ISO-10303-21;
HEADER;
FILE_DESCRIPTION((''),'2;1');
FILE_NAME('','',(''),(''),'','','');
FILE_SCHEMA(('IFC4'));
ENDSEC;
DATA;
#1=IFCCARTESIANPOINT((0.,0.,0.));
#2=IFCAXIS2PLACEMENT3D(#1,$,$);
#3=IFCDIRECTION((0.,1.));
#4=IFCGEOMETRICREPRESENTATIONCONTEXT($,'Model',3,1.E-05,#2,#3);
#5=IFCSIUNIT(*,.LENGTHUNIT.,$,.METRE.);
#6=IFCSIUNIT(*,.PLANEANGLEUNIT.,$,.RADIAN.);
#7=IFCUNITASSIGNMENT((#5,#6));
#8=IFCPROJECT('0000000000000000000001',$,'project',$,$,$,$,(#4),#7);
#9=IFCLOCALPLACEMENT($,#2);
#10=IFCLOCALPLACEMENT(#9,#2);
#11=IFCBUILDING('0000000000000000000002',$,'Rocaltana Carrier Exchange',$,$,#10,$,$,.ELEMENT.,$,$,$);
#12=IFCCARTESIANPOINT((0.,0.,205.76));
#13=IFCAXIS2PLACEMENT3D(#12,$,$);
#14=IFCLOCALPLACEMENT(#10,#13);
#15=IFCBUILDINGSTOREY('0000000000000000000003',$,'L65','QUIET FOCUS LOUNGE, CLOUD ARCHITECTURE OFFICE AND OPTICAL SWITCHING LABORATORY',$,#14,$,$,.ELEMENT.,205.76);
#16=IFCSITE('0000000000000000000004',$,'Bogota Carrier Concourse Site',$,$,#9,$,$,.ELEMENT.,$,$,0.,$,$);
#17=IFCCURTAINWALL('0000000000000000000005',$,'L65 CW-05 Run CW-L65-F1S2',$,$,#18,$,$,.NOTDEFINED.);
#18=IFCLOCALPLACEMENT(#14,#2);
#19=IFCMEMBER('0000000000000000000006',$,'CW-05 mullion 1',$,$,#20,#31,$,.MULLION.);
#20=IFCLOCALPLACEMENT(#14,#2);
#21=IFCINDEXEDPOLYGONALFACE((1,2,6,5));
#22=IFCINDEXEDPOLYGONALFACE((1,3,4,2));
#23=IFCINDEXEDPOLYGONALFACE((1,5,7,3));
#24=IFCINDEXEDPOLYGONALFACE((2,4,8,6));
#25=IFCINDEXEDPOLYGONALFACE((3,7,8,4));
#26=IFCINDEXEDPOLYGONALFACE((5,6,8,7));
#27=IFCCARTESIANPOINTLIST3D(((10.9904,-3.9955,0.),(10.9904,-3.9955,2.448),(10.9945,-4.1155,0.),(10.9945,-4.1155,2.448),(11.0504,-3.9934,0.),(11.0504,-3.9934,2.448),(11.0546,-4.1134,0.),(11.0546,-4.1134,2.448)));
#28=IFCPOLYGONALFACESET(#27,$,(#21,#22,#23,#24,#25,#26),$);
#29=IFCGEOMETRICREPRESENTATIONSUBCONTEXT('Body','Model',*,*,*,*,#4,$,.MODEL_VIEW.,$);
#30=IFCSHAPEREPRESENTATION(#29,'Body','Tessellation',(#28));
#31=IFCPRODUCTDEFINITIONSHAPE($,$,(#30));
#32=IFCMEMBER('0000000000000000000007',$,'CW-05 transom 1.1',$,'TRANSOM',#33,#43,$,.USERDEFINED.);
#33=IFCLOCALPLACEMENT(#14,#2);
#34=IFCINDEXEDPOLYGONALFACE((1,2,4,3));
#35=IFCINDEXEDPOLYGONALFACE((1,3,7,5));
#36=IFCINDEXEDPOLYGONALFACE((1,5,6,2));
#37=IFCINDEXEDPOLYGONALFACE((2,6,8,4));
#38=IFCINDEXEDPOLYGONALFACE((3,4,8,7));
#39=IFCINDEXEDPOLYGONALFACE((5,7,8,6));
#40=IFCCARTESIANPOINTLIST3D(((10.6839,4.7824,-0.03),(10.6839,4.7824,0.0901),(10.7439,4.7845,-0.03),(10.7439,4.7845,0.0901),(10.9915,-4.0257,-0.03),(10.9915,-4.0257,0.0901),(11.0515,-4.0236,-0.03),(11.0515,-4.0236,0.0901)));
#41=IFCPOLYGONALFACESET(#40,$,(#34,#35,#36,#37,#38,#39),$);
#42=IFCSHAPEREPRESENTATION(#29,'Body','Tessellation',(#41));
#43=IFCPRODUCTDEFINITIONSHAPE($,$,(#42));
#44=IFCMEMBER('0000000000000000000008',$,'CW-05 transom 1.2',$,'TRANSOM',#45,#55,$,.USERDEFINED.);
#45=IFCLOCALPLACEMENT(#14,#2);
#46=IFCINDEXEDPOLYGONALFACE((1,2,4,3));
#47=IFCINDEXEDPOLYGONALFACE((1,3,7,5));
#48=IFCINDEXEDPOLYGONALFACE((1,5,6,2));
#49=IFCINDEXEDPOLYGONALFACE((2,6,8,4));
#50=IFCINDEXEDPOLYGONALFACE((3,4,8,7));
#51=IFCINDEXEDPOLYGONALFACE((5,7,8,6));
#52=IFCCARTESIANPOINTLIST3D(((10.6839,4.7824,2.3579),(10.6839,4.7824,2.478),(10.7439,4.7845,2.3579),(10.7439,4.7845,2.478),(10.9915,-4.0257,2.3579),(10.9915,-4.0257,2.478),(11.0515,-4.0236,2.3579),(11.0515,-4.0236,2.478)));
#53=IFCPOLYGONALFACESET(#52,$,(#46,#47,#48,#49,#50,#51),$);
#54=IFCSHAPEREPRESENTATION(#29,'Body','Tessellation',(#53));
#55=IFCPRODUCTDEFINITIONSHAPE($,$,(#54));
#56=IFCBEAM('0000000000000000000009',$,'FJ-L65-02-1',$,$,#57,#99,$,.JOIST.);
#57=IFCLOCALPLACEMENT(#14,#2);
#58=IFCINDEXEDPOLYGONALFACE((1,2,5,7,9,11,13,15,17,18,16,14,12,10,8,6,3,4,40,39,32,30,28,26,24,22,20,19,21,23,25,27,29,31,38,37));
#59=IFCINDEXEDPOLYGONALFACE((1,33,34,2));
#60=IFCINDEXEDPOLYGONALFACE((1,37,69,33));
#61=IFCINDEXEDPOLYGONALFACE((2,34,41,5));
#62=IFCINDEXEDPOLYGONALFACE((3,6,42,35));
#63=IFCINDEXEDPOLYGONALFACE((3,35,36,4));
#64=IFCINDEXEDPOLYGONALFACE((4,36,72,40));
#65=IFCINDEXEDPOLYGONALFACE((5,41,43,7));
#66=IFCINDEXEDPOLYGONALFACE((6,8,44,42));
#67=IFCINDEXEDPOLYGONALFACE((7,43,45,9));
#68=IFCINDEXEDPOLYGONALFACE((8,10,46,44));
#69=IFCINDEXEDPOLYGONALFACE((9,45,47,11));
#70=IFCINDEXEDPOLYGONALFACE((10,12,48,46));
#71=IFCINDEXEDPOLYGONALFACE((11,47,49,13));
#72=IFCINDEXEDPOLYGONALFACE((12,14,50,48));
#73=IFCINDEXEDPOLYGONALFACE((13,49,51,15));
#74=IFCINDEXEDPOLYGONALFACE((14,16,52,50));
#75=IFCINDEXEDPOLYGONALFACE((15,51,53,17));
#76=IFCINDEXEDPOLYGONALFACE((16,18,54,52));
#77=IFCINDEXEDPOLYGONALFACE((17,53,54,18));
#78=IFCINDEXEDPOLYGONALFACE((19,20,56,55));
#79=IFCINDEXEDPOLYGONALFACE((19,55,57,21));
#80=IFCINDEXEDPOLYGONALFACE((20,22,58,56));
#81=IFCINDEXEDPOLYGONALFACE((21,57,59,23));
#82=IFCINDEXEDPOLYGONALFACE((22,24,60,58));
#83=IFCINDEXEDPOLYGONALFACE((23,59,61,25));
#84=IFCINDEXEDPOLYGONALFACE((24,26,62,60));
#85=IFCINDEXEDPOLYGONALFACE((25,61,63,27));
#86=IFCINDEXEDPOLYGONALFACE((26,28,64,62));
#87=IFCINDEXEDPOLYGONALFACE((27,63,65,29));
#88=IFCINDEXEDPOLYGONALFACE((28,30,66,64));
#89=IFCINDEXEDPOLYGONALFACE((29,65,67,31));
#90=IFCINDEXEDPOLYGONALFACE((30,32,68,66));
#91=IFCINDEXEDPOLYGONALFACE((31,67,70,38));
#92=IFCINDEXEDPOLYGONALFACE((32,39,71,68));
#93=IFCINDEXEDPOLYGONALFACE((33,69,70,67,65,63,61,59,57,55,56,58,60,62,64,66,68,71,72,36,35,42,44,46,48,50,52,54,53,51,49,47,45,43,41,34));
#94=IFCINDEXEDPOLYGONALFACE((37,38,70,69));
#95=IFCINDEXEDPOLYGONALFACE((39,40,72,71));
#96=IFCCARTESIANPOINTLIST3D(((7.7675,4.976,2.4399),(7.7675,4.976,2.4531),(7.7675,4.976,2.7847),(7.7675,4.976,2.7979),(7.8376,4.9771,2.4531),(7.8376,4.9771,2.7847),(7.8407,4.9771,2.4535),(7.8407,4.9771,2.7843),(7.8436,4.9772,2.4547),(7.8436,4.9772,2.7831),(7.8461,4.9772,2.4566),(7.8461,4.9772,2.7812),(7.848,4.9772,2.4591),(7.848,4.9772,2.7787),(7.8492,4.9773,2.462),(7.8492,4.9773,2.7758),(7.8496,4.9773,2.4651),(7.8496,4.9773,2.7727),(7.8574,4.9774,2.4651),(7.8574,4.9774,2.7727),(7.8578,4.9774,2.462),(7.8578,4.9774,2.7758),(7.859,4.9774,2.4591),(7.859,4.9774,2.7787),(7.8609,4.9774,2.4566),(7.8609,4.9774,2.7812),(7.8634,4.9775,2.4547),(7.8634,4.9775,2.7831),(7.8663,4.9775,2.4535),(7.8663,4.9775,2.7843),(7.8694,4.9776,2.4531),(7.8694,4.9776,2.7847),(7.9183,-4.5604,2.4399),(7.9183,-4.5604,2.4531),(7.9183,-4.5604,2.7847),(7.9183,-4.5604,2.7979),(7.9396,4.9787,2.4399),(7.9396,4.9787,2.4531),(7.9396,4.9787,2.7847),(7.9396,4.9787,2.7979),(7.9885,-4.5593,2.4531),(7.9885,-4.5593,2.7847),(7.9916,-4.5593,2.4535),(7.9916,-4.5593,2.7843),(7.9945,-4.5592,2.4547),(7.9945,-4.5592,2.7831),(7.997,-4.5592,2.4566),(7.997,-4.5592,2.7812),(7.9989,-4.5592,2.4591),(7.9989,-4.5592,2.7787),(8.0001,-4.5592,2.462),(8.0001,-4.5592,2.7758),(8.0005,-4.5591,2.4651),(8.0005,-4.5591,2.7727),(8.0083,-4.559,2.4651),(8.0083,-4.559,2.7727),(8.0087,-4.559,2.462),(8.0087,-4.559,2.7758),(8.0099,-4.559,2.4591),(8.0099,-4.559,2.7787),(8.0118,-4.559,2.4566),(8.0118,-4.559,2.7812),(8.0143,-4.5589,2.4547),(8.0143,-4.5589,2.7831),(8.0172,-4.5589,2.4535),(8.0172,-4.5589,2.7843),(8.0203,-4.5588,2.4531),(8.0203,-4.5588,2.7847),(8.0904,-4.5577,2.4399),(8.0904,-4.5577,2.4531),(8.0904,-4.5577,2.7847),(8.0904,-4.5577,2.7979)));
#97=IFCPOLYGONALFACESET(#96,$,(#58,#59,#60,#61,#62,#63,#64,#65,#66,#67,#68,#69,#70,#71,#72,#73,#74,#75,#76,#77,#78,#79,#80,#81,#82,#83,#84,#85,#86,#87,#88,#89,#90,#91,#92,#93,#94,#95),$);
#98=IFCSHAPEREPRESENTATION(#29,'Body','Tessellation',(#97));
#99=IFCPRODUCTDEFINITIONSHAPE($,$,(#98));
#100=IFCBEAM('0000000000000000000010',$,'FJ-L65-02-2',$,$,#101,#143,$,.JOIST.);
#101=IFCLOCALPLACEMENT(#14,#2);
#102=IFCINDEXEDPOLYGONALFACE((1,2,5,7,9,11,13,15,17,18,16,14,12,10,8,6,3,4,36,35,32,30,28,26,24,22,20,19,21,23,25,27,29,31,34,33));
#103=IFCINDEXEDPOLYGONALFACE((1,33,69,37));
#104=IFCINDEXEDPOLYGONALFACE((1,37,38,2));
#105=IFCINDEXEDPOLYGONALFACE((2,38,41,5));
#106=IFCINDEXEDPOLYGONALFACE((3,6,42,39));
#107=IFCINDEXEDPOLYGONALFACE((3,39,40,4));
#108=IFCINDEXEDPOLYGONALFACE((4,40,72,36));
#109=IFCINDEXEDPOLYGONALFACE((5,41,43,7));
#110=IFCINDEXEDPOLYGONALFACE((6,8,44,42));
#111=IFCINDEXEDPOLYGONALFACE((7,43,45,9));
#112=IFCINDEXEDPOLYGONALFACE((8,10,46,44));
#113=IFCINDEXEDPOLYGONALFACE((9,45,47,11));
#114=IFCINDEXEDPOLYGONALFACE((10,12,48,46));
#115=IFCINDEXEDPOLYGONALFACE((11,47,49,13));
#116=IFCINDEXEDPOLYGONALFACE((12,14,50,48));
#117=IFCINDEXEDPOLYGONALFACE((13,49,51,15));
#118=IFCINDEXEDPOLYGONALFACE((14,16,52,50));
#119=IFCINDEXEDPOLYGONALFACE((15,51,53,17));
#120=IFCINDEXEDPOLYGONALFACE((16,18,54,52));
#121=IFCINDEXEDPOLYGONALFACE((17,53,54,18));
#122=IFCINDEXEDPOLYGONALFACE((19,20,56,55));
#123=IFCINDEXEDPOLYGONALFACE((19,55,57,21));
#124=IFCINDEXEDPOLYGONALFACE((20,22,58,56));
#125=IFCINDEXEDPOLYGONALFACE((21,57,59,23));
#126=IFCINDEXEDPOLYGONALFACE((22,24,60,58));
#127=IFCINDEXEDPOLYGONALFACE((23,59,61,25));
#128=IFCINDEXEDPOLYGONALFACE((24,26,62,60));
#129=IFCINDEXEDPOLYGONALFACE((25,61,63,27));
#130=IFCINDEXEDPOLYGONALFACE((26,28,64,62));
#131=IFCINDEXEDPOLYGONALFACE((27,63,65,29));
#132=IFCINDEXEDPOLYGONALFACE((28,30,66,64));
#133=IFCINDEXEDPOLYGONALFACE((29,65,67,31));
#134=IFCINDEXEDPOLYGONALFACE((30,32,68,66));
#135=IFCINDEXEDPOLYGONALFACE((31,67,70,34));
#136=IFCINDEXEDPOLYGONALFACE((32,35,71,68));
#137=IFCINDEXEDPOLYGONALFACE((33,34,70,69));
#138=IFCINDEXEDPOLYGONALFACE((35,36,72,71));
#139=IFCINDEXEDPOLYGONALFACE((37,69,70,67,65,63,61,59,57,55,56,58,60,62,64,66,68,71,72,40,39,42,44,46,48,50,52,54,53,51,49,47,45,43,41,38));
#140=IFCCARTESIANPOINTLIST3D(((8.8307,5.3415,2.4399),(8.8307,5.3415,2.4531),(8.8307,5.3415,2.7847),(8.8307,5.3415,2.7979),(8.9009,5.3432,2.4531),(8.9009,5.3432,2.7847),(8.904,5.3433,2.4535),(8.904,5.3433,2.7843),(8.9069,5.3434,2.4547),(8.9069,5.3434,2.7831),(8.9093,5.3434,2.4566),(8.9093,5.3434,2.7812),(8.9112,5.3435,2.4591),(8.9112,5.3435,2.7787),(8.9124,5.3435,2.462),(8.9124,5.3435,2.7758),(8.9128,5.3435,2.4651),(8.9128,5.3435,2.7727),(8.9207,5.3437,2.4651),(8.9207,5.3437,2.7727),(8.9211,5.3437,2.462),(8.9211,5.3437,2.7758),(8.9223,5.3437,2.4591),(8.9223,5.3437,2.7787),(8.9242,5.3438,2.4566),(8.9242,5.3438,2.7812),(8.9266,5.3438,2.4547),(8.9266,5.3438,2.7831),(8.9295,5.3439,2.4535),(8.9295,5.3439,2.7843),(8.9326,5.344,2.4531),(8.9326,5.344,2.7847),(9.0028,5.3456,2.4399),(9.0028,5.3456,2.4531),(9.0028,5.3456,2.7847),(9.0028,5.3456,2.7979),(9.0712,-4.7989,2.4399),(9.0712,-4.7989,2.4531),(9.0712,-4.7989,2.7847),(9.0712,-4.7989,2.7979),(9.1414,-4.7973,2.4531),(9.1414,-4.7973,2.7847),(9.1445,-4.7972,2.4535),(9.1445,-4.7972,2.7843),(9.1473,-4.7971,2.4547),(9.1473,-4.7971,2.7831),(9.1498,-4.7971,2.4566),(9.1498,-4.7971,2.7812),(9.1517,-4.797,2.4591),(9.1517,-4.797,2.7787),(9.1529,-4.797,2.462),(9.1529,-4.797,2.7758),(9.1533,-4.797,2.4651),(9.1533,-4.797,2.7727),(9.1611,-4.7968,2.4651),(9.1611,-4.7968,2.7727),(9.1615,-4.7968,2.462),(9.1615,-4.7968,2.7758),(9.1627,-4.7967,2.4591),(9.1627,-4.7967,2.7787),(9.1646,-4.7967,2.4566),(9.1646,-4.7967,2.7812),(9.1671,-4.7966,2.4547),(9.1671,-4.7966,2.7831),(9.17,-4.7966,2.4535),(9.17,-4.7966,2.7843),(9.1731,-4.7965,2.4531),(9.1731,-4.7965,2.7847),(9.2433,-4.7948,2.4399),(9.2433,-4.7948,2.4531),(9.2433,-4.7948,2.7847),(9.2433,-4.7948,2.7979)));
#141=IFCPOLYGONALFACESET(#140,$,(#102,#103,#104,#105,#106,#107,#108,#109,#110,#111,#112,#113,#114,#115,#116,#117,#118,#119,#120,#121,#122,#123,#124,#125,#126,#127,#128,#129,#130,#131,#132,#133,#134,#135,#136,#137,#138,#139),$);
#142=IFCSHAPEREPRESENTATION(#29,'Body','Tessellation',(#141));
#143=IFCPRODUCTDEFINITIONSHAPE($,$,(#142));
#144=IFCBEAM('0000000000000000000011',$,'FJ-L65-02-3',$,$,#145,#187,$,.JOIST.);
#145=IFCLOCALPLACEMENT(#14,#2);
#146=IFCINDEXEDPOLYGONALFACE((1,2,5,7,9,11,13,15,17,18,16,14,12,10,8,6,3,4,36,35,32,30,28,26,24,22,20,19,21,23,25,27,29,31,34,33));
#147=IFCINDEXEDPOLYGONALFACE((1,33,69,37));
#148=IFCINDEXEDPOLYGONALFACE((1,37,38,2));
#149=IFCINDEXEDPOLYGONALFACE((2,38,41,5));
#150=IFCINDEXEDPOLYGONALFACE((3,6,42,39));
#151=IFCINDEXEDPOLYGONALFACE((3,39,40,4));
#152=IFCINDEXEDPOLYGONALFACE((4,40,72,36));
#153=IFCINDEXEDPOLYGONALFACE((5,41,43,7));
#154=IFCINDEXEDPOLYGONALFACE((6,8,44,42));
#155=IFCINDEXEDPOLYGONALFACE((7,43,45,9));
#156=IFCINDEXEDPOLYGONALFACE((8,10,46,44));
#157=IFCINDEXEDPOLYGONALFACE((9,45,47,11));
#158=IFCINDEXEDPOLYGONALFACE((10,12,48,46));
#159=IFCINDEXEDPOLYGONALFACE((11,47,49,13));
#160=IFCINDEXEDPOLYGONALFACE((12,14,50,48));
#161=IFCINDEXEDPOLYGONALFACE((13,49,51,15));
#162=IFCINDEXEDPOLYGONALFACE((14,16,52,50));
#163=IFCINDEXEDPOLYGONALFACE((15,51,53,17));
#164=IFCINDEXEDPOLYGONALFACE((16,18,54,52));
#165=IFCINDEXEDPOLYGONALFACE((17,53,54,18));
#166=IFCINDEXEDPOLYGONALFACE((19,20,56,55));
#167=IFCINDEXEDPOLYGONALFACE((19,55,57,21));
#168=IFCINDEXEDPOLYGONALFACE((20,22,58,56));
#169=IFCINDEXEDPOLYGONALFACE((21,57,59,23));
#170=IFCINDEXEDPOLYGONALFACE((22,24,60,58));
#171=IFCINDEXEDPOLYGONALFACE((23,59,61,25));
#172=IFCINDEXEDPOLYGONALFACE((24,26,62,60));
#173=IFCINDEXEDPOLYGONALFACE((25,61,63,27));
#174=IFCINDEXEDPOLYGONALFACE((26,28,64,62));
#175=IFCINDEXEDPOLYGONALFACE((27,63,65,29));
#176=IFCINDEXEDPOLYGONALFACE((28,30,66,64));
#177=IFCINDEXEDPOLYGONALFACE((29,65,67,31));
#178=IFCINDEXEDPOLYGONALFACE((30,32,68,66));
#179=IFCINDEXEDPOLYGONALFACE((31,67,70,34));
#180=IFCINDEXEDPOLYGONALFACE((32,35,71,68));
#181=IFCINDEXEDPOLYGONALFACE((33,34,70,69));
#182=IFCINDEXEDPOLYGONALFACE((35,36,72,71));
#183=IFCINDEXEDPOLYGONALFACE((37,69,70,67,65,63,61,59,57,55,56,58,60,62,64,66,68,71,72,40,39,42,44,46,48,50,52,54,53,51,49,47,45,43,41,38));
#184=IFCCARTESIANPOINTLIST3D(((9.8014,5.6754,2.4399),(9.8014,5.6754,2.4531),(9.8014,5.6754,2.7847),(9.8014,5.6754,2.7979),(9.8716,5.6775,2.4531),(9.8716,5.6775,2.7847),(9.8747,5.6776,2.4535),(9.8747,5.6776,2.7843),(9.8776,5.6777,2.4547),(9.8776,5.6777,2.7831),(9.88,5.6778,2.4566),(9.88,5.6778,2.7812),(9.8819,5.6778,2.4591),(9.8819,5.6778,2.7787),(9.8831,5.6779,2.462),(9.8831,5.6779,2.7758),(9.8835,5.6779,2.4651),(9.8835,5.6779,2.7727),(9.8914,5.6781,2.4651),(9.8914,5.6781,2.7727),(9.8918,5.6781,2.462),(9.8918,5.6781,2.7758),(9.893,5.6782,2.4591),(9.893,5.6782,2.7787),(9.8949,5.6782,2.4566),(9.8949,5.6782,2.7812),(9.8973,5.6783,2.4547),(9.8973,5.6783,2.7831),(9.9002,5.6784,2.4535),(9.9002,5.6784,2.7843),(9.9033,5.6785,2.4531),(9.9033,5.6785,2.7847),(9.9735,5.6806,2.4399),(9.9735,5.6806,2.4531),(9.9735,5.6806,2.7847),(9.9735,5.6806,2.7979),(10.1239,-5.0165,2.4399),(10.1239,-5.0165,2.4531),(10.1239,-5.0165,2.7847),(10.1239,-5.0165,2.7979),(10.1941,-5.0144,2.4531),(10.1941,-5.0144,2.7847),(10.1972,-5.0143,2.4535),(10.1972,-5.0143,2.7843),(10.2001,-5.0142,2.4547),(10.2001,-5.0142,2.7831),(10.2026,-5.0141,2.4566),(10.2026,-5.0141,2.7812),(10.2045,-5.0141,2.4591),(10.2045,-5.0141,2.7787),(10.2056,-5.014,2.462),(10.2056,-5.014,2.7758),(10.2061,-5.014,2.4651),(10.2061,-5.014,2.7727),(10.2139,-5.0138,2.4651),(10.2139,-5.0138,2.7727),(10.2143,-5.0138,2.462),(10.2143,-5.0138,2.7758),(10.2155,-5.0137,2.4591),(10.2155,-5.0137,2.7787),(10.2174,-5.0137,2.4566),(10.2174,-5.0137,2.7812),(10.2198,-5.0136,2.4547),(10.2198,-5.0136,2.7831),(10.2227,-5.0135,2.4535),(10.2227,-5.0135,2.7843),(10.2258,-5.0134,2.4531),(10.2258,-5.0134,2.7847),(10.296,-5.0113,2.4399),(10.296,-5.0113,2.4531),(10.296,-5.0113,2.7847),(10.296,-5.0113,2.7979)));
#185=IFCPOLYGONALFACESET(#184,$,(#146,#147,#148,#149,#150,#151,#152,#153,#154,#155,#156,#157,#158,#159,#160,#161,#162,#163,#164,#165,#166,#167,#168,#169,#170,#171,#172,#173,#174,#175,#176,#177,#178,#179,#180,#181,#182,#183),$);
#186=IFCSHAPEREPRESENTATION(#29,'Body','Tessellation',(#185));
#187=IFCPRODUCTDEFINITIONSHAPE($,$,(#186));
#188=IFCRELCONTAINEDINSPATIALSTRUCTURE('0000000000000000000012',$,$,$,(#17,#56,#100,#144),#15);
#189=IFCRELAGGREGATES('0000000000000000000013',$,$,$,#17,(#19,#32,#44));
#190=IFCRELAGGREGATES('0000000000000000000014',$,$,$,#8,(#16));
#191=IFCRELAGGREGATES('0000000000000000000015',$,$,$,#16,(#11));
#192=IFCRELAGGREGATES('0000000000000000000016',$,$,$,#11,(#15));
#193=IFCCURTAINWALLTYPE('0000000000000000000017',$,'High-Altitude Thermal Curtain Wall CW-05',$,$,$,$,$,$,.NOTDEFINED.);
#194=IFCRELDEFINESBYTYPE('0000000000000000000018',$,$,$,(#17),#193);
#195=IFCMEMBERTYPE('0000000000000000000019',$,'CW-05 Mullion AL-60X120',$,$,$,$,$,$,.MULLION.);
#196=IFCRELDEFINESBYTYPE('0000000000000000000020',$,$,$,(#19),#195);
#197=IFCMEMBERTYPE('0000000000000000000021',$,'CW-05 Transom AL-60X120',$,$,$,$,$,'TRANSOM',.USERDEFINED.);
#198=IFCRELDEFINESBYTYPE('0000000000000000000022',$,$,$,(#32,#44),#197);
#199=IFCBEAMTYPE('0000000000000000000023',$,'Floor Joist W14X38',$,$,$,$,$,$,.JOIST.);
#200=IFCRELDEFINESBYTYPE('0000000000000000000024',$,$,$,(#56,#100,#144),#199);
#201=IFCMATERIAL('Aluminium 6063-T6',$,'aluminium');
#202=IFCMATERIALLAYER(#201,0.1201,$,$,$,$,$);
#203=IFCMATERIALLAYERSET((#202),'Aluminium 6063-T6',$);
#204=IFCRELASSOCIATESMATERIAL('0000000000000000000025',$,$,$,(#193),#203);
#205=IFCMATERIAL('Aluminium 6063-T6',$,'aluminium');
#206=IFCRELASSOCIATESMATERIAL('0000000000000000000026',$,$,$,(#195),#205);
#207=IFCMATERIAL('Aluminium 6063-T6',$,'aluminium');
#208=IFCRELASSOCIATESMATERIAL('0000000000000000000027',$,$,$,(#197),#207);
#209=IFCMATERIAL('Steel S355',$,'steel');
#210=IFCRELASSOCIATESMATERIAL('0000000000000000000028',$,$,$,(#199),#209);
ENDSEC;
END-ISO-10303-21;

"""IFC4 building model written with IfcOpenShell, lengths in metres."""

from ifc_helpers import new_model, si_unit, direction, frame, origin, origin_2d, place, context, subcontext, project, spatial, rectangle, i_section, extrude, material, layer, layer_set, material_profile, profile_set, type_object, element, aggregate, save


model = new_model("IFC4")

# Units and contexts
model_context = context("Model", 3, precision=1e-05, world=origin(), true_north=direction((0.0, 1.0)))
body_context = subcontext(model_context, "Body", "Model", "MODEL_VIEW")
ifc_project = project(units=[si_unit("LENGTHUNIT", "METRE"), si_unit("PLANEANGLEUNIT", "RADIAN")], contexts=[model_context])

# Site, building, storey
site_placement = place(None, origin())
site = spatial("IfcSite", under=ifc_project, at=site_placement, Name="Bogota Carrier Concourse Site", CompositionType="ELEMENT", RefElevation=0.0)
building_placement = place(site_placement, origin())
building = spatial("IfcBuilding", under=site, at=building_placement, Name="Rocaltana Carrier Exchange", CompositionType="ELEMENT")
storey_placement = place(building_placement, frame((0.0, 0.0, 205.76)))
storey = spatial("IfcBuildingStorey", under=building, at=storey_placement, Name="L65", Description="QUIET FOCUS LOUNGE, CLOUD ARCHITECTURE OFFICE AND OPTICAL SWITCHING LABORATORY", CompositionType="ELEMENT", Elevation=205.76)

# Curtain wall, members
ifc_material_1 = material(Name="Aluminium 6063-T6", Category="aluminium")
ifc_layer_1 = layer(ifc_material_1, 0.1201)
ifc_layer_set_1 = layer_set([ifc_layer_1], Name="Aluminium 6063-T6")
curtain_wall_type = type_object("IfcCurtainWallType", Name="High-Altitude Thermal Curtain Wall CW-05", PredefinedType="NOTDEFINED", material=ifc_layer_set_1)
curtain_wall_placement = place(storey_placement, origin())
curtain_wall = element("IfcCurtainWall", 1, at=curtain_wall_placement, inside=storey, type_object=curtain_wall_type, Name="L65 CW-05 Run CW-L65-F1S2", PredefinedType="NOTDEFINED")
ifc_material_2 = material(Name="Aluminium 6063-T6", Category="aluminium")
ifc_material_profile_1 = material_profile(ifc_material_2, rectangle(XDim=0.0601, YDim=0.1201, at=origin_2d()), Name="AL-60X120")
ifc_profile_set_1 = profile_set([ifc_material_profile_1], Name="Aluminium 6063-T6")
member_type_1 = type_object("IfcMemberType", Name="CW-05 Mullion AL-60X120", PredefinedType="MULLION", material=ifc_profile_set_1)
member_1_placement = place(storey_placement, frame((11.0225, -4.0544, 0.0), z_axis=(0.0, 0.0, 1.0), x_axis=(-0.999391, -0.034903, 0.0)))
member_1 = element("IfcMember", 2, at=member_1_placement, type_object=member_type_1, Name="CW-05 mullion 1", PredefinedType="MULLION", context=body_context, shape_type="SweptSolid", body=[
    extrude(rectangle(XDim=0.0601, YDim=0.1201, at=origin_2d()), origin(), (0.0, 0.0, 1.0), 2.448),
])
ifc_material_3 = material(Name="Aluminium 6063-T6", Category="aluminium")
ifc_material_profile_2 = material_profile(ifc_material_3, rectangle(XDim=0.0601, YDim=0.1201, at=origin_2d()), Name="AL-60X120")
ifc_profile_set_2 = profile_set([ifc_material_profile_2], Name="Aluminium 6063-T6")
member_type_2 = type_object("IfcMemberType", Name="CW-05 Transom AL-60X120", ElementType="TRANSOM", PredefinedType="USERDEFINED", material=ifc_profile_set_2)
member_2_placement = place(storey_placement, frame((11.0215, -4.0247, 0.03), z_axis=(-0.034903, 0.999391, 0.0), x_axis=(-0.999391, -0.034903, 0.0)))
member_2 = element("IfcMember", 3, at=member_2_placement, type_object=member_type_2, Name="CW-05 transom 1.1", ObjectType="TRANSOM", PredefinedType="USERDEFINED", context=body_context, shape_type="SweptSolid", body=[
    extrude(rectangle(XDim=0.0601, YDim=0.1201, at=origin_2d()), origin(), (0.0, 0.0, 1.0), 8.8135),
])
member_3_placement = place(storey_placement, frame((11.0215, -4.0247, 2.418), z_axis=(-0.034903, 0.999391, 0.0), x_axis=(-0.999391, -0.034903, 0.0)))
member_3 = element("IfcMember", 4, at=member_3_placement, type_object=member_type_2, Name="CW-05 transom 1.2", ObjectType="TRANSOM", PredefinedType="USERDEFINED", context=body_context, shape_type="SweptSolid", body=[
    extrude(rectangle(XDim=0.0601, YDim=0.1201, at=origin_2d()), origin(), (0.0, 0.0, 1.0), 8.8135),
])
aggregate(curtain_wall, [member_1, member_2, member_3])

# Beams
ifc_material_4 = material(Name="Steel S355", Category="steel")
ifc_material_profile_3 = material_profile(ifc_material_4, i_section(OverallWidth=0.1721, OverallDepth=0.3579, WebThickness=0.0078, FlangeThickness=0.0132, FilletRadius=0.012, at=origin_2d()), Name="W14X38")
ifc_profile_set_3 = profile_set([ifc_material_profile_3], Name="Steel S355")
beam_type_1 = type_object("IfcBeamType", Name="Floor Joist W14X38", PredefinedType="JOIST", material=ifc_profile_set_3)
beam_1_placement = place(storey_placement, frame((8.0044, -4.5591, 2.6189), z_axis=(-0.015819, 0.999875, 0.0), x_axis=(-0.999875, -0.015819, 0.0)))
element("IfcBeam", 5, at=beam_1_placement, inside=storey, type_object=beam_type_1, Name="FJ-L65-02-1", PredefinedType="JOIST", context=body_context, shape_type="SweptSolid", body=[
    extrude(i_section(OverallWidth=0.1721, OverallDepth=0.3579, WebThickness=0.0078, FlangeThickness=0.0132, FilletRadius=0.012, at=origin_2d()), origin(), (0.0, 0.0, 1.0), 9.5376),
])
beam_2_placement = place(storey_placement, frame((9.1572, -4.7969, 2.6189), z_axis=(-0.023708, 0.999719, 0.0), x_axis=(-0.999719, -0.023708, 0.0)))
element("IfcBeam", 6, at=beam_2_placement, inside=storey, type_object=beam_type_1, Name="FJ-L65-02-2", PredefinedType="JOIST", context=body_context, shape_type="SweptSolid", body=[
    extrude(i_section(OverallWidth=0.1721, OverallDepth=0.3579, WebThickness=0.0078, FlangeThickness=0.0132, FilletRadius=0.012, at=origin_2d()), origin(), (0.0, 0.0, 1.0), 10.1433),
])
beam_3_placement = place(storey_placement, frame((10.21, -5.0139, 2.6189), z_axis=(-0.03015, 0.999545, 0.0), x_axis=(-0.999545, -0.03015, 0.0)))
element("IfcBeam", 7, at=beam_3_placement, inside=storey, type_object=beam_type_1, Name="FJ-L65-02-3", PredefinedType="JOIST", context=body_context, shape_type="SweptSolid", body=[
    extrude(i_section(OverallWidth=0.1721, OverallDepth=0.3579, WebThickness=0.0078, FlangeThickness=0.0132, FilletRadius=0.012, at=origin_2d()), origin(), (0.0, 0.0, 1.0), 10.6968),
])

save(model, "model.ifc")
